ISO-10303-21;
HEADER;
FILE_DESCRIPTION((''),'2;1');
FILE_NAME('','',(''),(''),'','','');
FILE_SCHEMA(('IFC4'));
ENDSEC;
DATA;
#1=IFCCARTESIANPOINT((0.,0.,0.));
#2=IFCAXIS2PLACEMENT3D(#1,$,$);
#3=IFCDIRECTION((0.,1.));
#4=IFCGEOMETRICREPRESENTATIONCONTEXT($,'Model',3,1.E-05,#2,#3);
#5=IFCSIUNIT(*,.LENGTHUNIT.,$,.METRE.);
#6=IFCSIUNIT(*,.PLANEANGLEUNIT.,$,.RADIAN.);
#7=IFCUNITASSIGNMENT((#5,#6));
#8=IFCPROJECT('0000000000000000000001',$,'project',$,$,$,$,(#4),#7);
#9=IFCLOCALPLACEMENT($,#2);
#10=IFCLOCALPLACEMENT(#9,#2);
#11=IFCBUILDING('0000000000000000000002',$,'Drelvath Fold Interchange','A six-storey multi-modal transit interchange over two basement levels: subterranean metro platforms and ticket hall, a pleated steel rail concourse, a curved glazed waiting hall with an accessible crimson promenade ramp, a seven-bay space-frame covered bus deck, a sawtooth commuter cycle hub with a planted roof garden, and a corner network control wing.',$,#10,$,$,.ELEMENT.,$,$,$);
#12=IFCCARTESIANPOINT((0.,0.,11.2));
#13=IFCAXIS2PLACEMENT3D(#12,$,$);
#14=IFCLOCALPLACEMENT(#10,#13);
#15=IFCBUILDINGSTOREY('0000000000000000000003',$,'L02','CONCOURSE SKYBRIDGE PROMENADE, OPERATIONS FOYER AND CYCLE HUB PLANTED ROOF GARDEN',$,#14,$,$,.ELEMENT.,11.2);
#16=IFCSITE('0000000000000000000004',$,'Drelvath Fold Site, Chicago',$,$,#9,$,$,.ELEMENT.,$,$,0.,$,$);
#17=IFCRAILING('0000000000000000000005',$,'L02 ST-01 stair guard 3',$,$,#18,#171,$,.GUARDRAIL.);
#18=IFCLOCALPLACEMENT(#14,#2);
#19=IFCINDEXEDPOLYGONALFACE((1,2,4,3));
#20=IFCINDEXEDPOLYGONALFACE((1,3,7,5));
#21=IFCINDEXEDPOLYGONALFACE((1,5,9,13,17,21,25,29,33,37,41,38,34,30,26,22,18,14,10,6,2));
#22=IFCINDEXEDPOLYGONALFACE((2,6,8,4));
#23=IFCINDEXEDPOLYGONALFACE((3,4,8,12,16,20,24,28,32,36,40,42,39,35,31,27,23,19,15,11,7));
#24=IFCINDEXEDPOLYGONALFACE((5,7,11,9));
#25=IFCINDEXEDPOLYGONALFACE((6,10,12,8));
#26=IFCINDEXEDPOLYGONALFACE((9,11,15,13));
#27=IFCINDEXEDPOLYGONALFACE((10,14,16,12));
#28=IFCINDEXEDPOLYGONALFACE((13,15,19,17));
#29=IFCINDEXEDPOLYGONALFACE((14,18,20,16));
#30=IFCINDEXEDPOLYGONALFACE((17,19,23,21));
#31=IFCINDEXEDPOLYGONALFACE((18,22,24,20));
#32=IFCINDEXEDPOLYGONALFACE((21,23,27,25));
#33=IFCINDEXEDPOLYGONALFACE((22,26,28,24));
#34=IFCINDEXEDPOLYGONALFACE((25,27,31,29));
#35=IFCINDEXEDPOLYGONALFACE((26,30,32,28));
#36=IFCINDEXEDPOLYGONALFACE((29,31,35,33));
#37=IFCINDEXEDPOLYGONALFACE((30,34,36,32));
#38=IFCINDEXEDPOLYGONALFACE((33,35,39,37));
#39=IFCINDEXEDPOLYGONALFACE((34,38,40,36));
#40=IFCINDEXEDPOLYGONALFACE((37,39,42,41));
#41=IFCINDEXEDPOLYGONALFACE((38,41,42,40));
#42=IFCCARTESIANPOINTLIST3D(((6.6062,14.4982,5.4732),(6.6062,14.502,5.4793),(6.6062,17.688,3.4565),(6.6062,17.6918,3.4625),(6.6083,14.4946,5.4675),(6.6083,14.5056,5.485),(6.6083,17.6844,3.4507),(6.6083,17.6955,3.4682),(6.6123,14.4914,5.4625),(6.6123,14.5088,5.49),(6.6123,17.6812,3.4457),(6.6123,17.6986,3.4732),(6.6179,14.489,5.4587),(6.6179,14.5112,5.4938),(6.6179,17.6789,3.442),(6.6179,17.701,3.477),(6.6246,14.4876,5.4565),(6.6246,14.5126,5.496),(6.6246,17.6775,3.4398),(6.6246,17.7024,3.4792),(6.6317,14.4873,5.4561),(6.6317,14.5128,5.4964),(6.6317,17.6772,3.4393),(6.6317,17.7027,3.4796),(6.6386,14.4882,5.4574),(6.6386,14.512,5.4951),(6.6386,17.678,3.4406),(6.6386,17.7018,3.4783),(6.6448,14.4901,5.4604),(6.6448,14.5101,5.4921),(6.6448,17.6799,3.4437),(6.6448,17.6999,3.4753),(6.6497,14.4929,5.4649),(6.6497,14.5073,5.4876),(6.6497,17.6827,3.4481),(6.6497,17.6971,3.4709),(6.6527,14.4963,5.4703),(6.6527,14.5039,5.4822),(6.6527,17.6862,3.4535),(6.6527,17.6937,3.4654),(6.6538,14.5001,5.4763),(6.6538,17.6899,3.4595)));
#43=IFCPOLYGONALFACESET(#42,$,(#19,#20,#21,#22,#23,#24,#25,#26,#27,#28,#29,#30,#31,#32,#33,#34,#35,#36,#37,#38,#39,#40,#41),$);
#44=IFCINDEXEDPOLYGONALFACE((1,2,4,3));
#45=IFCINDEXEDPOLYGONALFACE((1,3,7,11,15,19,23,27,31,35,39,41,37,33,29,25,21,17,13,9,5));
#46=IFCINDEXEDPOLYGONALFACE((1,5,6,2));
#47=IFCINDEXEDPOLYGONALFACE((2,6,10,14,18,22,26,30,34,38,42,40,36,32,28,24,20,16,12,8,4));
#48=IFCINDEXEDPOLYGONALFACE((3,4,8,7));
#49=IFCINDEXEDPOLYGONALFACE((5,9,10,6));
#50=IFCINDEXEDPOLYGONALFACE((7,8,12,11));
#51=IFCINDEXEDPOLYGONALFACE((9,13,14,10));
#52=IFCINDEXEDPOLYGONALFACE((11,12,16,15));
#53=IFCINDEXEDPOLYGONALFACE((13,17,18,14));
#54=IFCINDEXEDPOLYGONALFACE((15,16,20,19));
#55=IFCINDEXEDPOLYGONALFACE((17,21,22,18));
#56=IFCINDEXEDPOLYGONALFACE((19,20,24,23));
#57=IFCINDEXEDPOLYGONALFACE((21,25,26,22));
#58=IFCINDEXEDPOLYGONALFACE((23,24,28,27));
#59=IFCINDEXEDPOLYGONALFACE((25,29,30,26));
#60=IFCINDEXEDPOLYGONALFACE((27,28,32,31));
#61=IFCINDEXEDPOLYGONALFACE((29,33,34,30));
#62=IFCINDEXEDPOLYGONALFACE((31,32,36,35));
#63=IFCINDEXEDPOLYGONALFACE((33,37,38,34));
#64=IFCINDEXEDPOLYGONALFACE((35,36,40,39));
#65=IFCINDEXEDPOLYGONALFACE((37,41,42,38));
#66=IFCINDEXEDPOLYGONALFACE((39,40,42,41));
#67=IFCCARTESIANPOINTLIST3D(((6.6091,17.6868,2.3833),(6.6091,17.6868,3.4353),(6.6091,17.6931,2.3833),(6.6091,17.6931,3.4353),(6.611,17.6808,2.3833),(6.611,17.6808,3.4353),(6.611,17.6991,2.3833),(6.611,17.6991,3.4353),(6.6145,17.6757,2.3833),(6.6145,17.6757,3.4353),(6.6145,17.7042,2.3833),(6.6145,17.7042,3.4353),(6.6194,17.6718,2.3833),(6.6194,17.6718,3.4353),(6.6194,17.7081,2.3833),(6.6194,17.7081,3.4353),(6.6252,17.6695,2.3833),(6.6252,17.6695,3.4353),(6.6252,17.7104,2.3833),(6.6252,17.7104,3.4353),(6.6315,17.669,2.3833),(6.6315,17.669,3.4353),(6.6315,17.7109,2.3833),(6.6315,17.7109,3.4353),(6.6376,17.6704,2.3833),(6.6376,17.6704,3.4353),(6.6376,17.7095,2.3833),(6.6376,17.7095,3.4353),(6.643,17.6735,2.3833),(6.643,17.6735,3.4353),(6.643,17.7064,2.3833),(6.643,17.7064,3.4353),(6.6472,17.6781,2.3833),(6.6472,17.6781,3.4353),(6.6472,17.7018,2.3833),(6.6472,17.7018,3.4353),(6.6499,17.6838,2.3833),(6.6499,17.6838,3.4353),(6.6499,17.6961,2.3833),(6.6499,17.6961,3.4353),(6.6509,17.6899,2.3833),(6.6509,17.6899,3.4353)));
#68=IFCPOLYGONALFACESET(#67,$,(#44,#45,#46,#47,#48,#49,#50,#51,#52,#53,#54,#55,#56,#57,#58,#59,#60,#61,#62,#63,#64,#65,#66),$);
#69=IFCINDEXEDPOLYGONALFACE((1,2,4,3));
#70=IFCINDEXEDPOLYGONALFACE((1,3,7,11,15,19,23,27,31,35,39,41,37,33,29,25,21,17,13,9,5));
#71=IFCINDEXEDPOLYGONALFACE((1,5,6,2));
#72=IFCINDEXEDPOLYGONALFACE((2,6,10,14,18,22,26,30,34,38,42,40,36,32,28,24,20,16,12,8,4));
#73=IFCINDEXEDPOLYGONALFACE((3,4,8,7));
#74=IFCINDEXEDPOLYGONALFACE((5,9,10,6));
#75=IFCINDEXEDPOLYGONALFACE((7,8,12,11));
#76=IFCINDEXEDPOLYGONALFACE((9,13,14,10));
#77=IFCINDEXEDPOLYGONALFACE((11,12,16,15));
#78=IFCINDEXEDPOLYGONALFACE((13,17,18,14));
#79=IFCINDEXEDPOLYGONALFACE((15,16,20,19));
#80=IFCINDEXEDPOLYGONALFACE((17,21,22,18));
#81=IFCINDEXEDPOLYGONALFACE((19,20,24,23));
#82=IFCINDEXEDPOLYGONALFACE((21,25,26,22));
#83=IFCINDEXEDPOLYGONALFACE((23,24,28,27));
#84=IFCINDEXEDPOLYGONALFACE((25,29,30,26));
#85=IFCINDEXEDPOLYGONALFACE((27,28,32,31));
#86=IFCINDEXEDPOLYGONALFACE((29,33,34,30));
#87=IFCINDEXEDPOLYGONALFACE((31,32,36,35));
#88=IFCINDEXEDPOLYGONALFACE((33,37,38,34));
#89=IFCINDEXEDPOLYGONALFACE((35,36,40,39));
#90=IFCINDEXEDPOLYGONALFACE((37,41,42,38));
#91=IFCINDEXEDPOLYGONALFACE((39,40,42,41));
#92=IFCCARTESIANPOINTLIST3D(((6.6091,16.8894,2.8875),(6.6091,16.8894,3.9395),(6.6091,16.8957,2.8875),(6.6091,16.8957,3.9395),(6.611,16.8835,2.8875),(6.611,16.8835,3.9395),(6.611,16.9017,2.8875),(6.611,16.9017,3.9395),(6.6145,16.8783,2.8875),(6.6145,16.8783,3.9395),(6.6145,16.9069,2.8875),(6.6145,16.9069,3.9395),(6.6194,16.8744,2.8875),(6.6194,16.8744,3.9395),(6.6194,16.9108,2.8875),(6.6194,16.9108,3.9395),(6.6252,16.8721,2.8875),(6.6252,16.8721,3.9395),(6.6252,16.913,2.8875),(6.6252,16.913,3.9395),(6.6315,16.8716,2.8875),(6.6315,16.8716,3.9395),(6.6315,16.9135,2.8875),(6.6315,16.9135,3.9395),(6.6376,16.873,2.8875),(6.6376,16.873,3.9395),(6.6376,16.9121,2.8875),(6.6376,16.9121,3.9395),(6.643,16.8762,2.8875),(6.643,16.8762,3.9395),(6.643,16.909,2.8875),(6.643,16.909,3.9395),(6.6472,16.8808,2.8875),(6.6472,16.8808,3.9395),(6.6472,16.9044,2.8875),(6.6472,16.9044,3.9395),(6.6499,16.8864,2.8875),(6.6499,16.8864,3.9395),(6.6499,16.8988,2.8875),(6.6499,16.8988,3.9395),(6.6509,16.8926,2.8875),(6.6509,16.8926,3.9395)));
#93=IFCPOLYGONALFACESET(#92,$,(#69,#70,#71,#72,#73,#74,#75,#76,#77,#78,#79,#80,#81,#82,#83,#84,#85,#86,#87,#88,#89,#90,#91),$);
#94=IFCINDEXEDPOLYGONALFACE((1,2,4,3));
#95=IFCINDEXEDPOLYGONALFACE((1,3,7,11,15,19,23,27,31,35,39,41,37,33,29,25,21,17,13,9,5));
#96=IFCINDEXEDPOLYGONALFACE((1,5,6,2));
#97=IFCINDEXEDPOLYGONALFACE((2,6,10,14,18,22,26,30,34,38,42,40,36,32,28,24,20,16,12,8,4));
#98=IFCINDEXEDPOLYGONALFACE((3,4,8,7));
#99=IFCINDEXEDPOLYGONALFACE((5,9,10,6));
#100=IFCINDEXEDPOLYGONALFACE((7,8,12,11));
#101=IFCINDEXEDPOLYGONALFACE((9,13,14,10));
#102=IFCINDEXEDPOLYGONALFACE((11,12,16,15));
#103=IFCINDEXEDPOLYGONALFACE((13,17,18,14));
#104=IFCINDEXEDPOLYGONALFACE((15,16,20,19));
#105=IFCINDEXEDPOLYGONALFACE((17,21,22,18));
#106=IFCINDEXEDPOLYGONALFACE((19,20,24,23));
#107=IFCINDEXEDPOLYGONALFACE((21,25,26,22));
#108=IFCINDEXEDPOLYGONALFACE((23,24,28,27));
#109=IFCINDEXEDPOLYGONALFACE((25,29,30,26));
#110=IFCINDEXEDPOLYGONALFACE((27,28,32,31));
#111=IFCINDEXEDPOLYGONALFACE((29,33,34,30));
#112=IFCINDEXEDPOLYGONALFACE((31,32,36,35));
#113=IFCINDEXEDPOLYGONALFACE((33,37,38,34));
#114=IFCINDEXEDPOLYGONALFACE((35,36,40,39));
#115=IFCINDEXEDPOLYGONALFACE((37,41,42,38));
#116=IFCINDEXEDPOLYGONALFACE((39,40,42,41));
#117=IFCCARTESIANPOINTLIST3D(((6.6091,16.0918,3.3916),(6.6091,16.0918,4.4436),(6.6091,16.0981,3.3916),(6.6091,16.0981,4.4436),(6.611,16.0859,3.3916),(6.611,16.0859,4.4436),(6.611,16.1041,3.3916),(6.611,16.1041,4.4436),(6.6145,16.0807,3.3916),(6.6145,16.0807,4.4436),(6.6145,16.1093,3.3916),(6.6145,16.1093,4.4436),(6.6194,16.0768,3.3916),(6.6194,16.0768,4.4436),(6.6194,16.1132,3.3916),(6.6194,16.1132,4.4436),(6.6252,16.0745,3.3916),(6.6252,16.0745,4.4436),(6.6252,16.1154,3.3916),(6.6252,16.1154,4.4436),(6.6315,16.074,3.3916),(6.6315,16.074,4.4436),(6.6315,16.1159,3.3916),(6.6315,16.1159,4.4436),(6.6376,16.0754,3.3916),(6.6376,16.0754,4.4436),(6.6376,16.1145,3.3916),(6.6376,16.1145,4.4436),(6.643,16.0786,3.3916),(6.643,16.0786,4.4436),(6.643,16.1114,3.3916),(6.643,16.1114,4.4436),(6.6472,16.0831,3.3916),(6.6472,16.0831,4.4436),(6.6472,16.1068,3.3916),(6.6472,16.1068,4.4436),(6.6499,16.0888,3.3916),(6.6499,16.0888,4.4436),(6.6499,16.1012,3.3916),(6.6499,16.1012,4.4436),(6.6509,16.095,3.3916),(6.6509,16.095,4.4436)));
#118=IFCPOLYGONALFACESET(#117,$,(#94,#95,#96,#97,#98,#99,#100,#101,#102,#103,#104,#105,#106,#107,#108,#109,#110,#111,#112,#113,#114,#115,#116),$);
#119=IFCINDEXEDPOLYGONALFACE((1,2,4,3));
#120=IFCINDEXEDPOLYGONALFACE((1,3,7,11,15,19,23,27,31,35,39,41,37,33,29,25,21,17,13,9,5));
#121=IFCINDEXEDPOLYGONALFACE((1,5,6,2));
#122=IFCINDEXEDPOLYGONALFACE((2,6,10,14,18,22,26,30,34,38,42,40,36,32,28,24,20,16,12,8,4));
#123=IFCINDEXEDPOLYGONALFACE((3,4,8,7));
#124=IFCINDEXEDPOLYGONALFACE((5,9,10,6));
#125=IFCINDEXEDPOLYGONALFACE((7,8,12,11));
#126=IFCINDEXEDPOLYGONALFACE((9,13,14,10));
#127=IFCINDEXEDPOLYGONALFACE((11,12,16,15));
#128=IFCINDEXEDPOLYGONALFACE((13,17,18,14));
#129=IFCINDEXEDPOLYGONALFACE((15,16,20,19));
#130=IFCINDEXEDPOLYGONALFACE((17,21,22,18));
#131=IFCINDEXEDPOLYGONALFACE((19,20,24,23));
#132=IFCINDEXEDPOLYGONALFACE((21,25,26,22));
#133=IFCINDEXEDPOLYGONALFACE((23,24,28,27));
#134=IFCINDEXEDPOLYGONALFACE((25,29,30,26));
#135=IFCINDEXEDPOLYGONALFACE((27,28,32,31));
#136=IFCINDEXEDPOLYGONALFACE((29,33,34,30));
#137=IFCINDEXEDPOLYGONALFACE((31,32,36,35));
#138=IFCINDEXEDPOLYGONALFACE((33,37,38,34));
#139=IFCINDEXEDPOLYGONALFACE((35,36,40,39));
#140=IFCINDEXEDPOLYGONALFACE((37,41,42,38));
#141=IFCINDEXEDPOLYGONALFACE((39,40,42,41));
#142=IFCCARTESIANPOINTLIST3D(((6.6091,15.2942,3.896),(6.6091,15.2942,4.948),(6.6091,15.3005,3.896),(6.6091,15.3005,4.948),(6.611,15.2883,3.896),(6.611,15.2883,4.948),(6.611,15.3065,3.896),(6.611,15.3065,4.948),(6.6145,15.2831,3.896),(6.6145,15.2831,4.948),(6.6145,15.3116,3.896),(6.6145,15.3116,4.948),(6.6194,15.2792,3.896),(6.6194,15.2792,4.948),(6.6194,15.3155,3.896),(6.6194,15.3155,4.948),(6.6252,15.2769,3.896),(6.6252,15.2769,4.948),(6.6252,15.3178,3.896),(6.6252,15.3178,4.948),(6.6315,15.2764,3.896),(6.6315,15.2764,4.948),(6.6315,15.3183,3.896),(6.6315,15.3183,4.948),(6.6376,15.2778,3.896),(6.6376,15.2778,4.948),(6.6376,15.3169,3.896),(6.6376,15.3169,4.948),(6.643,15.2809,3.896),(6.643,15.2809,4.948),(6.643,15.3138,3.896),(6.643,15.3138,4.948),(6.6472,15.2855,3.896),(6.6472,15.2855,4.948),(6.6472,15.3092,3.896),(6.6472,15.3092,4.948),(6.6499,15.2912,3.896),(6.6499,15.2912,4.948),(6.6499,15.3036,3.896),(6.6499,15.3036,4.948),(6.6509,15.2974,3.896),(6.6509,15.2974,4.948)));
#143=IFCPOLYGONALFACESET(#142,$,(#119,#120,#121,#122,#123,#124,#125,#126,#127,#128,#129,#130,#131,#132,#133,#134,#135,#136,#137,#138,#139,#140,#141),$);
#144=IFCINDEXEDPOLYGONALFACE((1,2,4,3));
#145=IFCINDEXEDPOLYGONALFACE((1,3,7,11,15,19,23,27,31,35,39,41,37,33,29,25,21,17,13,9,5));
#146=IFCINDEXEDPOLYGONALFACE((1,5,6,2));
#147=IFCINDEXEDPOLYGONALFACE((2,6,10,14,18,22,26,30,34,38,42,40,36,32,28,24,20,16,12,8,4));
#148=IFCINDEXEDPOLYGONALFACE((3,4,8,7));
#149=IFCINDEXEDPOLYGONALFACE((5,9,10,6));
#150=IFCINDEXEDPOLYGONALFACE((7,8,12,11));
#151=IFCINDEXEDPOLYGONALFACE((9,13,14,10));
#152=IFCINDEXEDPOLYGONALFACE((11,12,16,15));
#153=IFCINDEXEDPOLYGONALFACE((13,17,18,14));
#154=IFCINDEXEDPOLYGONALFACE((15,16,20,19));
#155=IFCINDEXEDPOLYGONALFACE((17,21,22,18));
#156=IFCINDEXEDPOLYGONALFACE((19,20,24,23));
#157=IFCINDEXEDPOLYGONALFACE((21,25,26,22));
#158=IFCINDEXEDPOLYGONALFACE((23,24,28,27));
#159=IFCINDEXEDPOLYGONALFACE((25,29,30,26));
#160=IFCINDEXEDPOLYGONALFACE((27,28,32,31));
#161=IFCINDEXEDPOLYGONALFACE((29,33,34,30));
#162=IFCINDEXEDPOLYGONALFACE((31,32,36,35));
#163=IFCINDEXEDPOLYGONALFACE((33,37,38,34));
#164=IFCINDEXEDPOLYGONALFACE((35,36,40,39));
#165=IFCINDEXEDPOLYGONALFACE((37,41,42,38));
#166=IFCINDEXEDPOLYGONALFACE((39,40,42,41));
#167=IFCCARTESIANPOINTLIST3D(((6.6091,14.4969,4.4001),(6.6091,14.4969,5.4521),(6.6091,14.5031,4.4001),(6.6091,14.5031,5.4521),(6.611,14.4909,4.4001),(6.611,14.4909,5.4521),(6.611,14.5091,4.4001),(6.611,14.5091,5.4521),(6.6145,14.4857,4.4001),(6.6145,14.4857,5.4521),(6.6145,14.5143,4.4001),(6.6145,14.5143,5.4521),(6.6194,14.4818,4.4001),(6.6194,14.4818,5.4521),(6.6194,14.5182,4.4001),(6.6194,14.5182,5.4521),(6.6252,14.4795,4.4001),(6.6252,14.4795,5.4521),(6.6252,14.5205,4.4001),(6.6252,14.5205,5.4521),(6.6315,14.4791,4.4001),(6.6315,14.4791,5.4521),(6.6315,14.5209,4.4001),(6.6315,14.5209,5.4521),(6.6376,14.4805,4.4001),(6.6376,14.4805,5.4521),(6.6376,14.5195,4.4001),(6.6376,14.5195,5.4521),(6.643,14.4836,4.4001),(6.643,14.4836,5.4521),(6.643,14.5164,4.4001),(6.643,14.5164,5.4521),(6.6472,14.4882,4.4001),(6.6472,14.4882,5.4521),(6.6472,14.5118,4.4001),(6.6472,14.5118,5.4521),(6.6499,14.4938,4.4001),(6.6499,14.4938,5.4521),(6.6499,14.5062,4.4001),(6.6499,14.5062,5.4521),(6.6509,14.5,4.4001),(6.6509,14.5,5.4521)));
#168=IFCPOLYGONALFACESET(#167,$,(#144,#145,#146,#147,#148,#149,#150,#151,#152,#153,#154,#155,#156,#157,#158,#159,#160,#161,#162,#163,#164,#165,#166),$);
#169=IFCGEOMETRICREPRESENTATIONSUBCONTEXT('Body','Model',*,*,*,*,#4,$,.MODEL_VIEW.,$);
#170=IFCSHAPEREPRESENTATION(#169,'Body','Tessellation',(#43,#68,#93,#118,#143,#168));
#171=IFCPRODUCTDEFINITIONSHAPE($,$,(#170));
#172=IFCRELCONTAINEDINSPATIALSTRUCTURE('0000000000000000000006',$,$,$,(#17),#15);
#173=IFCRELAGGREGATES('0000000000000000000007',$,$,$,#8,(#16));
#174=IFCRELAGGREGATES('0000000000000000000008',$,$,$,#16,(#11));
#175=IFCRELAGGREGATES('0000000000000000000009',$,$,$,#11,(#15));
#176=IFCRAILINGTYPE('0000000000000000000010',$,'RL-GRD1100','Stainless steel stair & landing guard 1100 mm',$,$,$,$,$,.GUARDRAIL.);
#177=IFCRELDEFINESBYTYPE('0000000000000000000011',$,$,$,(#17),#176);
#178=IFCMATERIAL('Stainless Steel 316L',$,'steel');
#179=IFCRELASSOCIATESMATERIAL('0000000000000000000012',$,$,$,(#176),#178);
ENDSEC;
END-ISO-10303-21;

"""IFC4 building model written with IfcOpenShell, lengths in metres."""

from ifc_helpers import new_model, si_unit, direction, frame, origin, origin_2d, place, context, subcontext, project, spatial, circle, extrude, material, type_object, element, save


model = new_model("IFC4")

# Units and contexts
model_context = context("Model", 3, precision=1e-05, world=origin(), true_north=direction((0.0, 1.0)))
body_context = subcontext(model_context, "Body", "Model", "MODEL_VIEW")
ifc_project = project(units=[si_unit("LENGTHUNIT", "METRE"), si_unit("PLANEANGLEUNIT", "RADIAN")], contexts=[model_context])

# Site, building, storey
site_placement = place(None, origin())
site = spatial("IfcSite", under=ifc_project, at=site_placement, Name="Drelvath Fold Site, Chicago", CompositionType="ELEMENT", RefElevation=0.0)
building_placement = place(site_placement, origin())
building = spatial("IfcBuilding", under=site, at=building_placement, Name="Drelvath Fold Interchange", Description="A six-storey multi-modal transit interchange over two basement levels: subterranean metro platforms and ticket hall, a pleated steel rail concourse, a curved glazed waiting hall with an accessible crimson promenade ramp, a seven-bay space-frame covered bus deck, a sawtooth commuter cycle hub with a planted roof garden, and a corner network control wing.", CompositionType="ELEMENT")
storey_placement = place(building_placement, frame((0.0, 0.0, 11.2)))
storey = spatial("IfcBuildingStorey", under=building, at=storey_placement, Name="L02", Description="CONCOURSE SKYBRIDGE PROMENADE, OPERATIONS FOYER AND CYCLE HUB PLANTED ROOF GARDEN", CompositionType="ELEMENT", Elevation=11.2)

# Railing
ifc_material_1 = material(Name="Stainless Steel 316L", Category="steel")
railing_type_1 = type_object("IfcRailingType", Name="RL-GRD1100", Description="Stainless steel stair & landing guard 1100 mm", PredefinedType="GUARDRAIL", material=ifc_material_1)
railing_1_placement = place(storey_placement, frame((6.6299, 17.6899, 2.3833)))
element("IfcRailing", 1, at=railing_1_placement, inside=storey, type_object=railing_type_1, Name="L02 ST-01 stair guard 3", PredefinedType="GUARDRAIL", context=body_context, shape_type="SweptSolid", body=[
    extrude(circle(Radius=0.0239, at=origin_2d()), frame((0.0, 0.0, 1.0762), z_axis=(0.0, -0.845232, 0.534399), x_axis=(1.0, 0.0, 0.0)), (0.0, 0.0, 1.0), 3.7739),
    extrude(circle(Radius=0.021, at=origin_2d()), origin(), (0.0, 0.0, 1.0), 1.052),
    extrude(circle(Radius=0.021, at=origin_2d()), frame((0.0, -0.7974, 0.5042)), (0.0, 0.0, 1.0), 1.052),
    extrude(circle(Radius=0.021, at=origin_2d()), frame((0.0, -1.595, 1.0083)), (0.0, 0.0, 1.0), 1.052),
    extrude(circle(Radius=0.021, at=origin_2d()), frame((0.0, -2.3926, 1.5127)), (0.0, 0.0, 1.0), 1.052),
    extrude(circle(Radius=0.021, at=origin_2d()), frame((0.0, -3.1899, 2.0168)), (0.0, 0.0, 1.0), 1.052),
])

save(model, "model.ifc")
